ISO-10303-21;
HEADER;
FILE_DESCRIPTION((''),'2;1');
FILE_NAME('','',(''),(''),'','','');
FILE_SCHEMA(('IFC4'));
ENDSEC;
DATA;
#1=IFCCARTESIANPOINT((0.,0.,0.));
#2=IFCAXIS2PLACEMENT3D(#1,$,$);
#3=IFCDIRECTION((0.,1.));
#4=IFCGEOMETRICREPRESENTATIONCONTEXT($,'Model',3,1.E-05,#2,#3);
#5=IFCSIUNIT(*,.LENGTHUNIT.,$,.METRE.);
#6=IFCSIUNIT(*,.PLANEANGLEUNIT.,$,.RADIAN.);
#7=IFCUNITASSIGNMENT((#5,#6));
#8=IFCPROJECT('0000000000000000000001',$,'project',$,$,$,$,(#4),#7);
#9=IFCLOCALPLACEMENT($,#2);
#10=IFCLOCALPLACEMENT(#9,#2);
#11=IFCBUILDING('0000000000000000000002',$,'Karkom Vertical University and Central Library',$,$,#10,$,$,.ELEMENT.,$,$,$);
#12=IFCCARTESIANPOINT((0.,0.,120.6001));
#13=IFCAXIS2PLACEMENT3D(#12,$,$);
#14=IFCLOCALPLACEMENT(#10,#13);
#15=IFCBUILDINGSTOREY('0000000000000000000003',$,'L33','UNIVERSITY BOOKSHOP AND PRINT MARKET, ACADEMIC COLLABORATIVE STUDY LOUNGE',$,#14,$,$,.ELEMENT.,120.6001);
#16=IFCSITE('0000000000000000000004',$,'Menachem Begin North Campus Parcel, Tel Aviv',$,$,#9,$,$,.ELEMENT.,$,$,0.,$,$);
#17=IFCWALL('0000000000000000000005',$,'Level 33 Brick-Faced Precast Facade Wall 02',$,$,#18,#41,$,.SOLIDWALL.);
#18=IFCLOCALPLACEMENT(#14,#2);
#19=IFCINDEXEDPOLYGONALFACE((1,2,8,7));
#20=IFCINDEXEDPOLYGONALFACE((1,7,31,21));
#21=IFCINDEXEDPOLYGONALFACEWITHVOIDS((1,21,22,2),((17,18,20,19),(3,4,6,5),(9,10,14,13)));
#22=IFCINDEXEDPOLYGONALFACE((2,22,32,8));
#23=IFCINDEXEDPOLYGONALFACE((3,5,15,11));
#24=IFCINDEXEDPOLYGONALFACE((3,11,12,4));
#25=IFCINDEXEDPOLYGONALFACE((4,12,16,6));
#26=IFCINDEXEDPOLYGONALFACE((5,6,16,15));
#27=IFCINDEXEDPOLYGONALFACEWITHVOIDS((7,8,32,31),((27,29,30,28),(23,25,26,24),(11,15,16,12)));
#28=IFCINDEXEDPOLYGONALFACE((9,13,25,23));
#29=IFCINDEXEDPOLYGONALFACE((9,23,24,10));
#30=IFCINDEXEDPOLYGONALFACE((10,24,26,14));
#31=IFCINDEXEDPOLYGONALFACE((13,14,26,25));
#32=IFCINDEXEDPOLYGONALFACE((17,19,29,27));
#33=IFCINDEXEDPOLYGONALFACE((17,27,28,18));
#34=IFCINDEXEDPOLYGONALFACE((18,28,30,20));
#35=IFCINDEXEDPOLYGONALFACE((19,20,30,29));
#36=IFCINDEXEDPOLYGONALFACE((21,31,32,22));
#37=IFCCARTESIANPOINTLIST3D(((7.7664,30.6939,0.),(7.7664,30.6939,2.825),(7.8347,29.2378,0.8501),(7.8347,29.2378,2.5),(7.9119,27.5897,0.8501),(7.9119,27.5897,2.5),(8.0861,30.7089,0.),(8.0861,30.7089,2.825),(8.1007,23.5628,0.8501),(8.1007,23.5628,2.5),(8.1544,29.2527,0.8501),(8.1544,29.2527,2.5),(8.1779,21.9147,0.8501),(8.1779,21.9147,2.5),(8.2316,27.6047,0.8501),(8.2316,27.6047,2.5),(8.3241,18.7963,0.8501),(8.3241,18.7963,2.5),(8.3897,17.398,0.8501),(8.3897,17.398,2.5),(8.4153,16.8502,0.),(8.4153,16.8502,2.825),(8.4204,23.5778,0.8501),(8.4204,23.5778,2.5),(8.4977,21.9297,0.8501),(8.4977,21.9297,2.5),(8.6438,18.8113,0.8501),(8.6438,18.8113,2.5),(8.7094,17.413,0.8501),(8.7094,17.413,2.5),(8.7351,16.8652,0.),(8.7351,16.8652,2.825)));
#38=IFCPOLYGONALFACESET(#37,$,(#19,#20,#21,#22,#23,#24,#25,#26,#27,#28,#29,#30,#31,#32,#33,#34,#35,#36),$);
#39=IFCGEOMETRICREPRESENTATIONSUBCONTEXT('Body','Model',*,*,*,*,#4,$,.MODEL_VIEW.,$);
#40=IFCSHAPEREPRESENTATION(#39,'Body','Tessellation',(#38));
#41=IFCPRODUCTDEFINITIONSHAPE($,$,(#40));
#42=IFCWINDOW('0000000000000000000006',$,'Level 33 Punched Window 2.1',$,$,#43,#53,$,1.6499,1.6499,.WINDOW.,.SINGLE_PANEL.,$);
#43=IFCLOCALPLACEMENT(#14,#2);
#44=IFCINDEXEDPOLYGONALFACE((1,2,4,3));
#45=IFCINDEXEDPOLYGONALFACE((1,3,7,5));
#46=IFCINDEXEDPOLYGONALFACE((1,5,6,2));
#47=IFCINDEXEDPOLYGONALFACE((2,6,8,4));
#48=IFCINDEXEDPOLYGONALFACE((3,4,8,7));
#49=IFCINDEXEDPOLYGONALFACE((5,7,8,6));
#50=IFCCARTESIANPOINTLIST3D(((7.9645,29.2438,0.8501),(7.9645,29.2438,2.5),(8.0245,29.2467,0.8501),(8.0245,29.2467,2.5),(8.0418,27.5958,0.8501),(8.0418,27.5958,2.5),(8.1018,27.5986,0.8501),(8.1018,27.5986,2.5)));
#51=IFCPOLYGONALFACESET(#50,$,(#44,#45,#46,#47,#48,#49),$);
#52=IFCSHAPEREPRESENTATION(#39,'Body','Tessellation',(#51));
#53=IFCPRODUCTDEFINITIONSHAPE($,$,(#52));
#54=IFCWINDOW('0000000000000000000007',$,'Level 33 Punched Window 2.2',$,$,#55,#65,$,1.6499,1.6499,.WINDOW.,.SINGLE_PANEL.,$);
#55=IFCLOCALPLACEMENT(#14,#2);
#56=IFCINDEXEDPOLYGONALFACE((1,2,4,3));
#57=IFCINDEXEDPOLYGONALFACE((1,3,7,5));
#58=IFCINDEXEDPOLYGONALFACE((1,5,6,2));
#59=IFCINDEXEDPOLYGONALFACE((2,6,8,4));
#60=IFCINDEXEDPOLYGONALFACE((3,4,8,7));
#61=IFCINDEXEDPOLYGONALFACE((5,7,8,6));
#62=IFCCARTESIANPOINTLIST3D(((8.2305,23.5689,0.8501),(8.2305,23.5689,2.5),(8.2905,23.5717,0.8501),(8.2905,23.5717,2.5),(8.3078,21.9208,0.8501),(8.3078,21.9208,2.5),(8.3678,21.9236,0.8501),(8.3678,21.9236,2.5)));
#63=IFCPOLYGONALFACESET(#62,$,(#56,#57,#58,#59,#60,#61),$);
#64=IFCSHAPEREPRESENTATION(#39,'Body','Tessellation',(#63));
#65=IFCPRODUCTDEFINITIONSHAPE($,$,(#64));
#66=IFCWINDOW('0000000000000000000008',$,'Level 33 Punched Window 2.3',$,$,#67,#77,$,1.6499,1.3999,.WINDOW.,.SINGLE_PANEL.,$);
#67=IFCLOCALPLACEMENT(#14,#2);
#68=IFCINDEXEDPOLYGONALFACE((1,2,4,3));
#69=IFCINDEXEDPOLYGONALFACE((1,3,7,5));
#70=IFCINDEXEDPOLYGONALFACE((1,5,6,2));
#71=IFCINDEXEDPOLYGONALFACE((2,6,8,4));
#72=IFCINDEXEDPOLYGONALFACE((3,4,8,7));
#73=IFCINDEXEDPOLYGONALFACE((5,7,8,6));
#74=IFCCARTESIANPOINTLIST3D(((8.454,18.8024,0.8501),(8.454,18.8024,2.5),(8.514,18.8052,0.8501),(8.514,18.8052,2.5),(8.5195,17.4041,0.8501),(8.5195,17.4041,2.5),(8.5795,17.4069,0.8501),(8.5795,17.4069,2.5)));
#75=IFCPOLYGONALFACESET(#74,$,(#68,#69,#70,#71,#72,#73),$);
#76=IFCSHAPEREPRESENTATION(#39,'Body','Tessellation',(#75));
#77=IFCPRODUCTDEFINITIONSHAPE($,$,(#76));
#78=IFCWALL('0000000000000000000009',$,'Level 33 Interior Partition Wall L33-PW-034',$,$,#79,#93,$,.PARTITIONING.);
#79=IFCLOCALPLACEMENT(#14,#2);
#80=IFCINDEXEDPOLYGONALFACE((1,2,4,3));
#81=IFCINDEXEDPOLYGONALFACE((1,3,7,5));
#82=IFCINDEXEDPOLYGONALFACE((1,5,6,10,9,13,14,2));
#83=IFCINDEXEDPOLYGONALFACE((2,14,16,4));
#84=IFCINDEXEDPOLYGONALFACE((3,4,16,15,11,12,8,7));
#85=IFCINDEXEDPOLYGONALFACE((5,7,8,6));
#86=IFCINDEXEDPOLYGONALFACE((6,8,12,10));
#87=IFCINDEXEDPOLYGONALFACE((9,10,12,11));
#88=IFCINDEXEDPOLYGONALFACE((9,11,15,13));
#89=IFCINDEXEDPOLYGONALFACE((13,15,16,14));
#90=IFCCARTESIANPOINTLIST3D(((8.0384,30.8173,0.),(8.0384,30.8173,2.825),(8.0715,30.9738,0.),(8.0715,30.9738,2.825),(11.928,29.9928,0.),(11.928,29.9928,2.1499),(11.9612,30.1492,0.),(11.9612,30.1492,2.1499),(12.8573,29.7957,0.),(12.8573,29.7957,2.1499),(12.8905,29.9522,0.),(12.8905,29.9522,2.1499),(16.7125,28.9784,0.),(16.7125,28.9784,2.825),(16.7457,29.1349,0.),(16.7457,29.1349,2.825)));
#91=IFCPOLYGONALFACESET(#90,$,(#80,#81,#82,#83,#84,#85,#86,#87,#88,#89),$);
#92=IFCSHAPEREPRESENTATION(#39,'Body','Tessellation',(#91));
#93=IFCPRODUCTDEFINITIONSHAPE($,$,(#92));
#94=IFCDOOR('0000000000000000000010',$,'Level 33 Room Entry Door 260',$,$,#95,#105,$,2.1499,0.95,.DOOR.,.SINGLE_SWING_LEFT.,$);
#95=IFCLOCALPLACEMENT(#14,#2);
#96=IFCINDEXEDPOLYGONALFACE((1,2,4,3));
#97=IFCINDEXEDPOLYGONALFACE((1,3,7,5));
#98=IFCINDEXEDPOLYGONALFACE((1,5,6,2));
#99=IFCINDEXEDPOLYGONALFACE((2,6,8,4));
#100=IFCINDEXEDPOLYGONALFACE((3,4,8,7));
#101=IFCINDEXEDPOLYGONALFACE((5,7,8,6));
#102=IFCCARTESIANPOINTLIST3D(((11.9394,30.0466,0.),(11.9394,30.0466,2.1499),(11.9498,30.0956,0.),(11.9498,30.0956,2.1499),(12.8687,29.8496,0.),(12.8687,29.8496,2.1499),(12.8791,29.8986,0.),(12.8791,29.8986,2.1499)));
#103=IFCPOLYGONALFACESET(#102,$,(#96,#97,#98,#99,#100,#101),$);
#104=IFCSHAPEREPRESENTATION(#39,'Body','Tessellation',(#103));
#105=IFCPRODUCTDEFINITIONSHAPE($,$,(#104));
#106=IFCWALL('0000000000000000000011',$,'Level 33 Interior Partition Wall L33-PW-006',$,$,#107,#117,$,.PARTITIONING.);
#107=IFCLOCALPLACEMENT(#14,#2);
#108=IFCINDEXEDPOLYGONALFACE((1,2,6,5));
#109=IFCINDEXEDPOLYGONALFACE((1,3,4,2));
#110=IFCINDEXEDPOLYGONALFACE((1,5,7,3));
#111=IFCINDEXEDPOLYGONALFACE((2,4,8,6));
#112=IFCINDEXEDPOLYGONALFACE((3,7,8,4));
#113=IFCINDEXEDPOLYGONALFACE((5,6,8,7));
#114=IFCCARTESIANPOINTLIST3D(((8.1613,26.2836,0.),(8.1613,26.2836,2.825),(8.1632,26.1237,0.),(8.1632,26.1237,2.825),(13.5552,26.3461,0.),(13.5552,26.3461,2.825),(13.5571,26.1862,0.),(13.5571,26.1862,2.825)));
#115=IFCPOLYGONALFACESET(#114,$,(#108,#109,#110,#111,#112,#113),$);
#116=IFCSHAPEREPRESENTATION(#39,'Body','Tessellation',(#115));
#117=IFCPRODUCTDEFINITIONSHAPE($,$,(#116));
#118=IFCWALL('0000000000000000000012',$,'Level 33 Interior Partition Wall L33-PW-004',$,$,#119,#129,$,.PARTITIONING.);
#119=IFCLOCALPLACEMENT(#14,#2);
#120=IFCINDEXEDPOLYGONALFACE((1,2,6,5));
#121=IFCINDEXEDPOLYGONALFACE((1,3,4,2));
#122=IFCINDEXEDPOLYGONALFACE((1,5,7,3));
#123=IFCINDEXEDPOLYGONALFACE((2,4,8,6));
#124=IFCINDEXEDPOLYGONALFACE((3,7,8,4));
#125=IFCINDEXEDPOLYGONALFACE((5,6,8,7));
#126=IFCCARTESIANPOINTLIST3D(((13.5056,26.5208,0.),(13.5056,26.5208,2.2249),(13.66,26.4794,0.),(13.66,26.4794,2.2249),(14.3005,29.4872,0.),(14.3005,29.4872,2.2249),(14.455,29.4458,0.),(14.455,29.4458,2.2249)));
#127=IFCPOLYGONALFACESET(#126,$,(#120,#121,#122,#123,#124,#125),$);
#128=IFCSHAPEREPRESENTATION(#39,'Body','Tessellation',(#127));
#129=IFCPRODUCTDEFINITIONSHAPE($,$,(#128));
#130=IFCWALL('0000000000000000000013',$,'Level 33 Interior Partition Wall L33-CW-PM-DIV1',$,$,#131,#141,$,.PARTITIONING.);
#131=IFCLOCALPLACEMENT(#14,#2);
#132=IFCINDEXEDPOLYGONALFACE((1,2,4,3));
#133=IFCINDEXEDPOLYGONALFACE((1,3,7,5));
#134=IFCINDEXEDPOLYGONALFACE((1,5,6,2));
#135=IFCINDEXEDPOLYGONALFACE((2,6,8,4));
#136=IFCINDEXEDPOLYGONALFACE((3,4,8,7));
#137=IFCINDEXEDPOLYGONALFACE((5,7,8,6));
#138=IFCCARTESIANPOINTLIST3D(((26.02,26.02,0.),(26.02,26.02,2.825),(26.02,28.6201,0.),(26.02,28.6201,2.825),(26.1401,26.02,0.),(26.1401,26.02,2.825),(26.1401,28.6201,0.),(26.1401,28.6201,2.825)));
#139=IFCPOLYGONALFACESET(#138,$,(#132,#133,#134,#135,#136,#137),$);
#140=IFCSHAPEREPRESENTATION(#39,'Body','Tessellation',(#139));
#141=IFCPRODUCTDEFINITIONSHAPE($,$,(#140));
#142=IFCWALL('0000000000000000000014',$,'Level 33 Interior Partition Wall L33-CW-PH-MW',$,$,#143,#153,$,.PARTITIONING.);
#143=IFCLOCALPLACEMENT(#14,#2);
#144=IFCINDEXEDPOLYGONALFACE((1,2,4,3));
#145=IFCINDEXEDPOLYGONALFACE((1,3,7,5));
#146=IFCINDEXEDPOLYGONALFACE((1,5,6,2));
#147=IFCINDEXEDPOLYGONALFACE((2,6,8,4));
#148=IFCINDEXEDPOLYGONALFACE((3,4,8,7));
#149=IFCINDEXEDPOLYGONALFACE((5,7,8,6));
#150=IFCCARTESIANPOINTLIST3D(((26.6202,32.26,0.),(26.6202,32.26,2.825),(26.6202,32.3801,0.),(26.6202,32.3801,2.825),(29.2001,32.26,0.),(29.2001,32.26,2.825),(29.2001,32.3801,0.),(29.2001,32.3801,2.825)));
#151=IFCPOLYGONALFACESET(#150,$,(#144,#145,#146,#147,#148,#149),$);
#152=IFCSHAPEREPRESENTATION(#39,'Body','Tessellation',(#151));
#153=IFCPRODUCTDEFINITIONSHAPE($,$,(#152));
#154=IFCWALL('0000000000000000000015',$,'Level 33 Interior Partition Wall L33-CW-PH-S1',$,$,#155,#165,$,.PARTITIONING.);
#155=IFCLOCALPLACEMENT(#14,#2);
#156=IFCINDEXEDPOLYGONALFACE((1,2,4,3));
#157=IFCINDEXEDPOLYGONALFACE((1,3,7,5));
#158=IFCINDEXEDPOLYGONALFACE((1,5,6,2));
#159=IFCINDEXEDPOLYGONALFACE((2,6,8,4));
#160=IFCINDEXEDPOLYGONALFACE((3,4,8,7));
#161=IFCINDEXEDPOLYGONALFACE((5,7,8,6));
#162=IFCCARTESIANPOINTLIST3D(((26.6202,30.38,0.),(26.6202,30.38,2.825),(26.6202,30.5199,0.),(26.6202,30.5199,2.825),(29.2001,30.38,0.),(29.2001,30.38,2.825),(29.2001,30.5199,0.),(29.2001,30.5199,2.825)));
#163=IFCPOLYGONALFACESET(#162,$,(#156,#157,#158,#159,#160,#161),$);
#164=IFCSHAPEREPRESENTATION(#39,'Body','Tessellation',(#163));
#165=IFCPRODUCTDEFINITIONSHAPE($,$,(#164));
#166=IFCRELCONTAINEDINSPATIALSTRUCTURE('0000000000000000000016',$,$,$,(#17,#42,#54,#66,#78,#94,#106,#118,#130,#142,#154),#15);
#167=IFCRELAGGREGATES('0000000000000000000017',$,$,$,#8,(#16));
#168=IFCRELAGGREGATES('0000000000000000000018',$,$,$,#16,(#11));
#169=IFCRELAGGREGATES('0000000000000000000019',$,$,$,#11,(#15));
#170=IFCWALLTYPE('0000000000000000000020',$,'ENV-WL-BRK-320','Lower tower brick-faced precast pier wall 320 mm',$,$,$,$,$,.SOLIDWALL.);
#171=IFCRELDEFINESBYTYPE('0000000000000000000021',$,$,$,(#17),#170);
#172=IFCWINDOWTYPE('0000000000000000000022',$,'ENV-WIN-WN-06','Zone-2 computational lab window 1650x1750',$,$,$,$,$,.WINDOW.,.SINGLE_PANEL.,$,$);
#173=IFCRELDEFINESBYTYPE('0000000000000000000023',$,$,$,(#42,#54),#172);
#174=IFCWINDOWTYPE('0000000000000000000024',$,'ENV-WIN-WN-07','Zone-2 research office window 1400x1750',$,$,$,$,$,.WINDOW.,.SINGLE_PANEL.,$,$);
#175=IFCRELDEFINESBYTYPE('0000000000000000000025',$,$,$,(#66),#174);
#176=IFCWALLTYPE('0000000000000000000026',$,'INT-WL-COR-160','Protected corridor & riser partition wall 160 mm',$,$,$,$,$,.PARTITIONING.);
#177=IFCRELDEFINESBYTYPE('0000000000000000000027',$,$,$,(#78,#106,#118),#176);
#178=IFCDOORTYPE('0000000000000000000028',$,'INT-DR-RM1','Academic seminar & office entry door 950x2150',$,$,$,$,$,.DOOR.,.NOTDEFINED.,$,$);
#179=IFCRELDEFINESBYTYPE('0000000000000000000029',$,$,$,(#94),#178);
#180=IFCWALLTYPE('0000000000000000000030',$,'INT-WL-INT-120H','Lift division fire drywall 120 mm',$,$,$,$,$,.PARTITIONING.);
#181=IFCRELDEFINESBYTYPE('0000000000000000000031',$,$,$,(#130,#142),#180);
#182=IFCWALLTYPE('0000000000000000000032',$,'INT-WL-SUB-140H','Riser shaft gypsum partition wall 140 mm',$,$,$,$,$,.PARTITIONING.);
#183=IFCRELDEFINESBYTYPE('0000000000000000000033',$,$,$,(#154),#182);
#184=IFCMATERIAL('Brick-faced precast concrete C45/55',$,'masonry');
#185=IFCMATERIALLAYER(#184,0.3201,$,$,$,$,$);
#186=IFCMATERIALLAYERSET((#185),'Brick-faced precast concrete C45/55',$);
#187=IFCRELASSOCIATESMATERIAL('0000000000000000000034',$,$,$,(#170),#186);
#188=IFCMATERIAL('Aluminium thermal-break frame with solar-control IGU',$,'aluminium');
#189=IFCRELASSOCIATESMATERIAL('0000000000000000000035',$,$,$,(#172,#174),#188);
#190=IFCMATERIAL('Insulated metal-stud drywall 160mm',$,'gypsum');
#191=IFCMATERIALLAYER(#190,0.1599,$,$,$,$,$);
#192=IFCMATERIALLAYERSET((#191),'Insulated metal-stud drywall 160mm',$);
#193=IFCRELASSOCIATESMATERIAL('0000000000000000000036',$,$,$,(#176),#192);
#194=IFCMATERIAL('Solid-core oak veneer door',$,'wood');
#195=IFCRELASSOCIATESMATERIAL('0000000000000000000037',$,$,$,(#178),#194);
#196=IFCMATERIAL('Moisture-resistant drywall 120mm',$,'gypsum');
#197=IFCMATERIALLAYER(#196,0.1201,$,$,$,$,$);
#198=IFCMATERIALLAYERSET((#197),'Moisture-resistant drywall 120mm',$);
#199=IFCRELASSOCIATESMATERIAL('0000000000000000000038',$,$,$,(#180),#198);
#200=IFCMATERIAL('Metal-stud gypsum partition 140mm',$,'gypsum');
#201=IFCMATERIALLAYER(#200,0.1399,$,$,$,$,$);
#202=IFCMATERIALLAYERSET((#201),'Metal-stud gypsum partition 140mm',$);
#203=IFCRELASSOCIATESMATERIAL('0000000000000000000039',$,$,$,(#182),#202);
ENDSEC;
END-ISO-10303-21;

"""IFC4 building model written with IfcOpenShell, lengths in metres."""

from ifc_helpers import new_model, si_unit, direction, frame, frame_2d, origin, origin_with_axes, place, context, subcontext, project, spatial, rectangle, extrude, source, transform, mapped, material, layer, layer_set, type_object, element, fill, save


model = new_model("IFC4")

# Units and contexts
model_context = context("Model", 3, precision=1e-05, world=origin(), true_north=direction((0.0, 1.0)))
body_context = subcontext(model_context, "Body", "Model", "MODEL_VIEW")
ifc_project = project(units=[si_unit("LENGTHUNIT", "METRE"), si_unit("PLANEANGLEUNIT", "RADIAN")], contexts=[model_context])

# Site, building, storey
site_placement = place(None, origin())
site = spatial("IfcSite", under=ifc_project, at=site_placement, Name="Menachem Begin North Campus Parcel, Tel Aviv", CompositionType="ELEMENT", RefElevation=0.0)
building_placement = place(site_placement, origin())
building = spatial("IfcBuilding", under=site, at=building_placement, Name="Karkom Vertical University and Central Library", CompositionType="ELEMENT")
storey_placement = place(building_placement, frame((0.0, 0.0, 120.6001)))
storey = spatial("IfcBuildingStorey", under=building, at=storey_placement, Name="L33", Description="UNIVERSITY BOOKSHOP AND PRINT MARKET, ACADEMIC COLLABORATIVE STUDY LOUNGE", CompositionType="ELEMENT", Elevation=120.6001)

# Wall, openings, windows
ifc_material_1 = material(Name="Brick-faced precast concrete C45/55", Category="masonry")
ifc_layer_1 = layer(ifc_material_1, 0.3201)
ifc_layer_set_1 = layer_set([ifc_layer_1], Name="Brick-faced precast concrete C45/55")
wall_type_1 = type_object("IfcWallType", Name="ENV-WL-BRK-320", Description="Lower tower brick-faced precast pier wall 320 mm", PredefinedType="SOLIDWALL", material=ifc_layer_set_1)
wall_1_placement = place(storey_placement, frame((7.9263, 30.7014, 0.0), z_axis=(0.0, 0.0, 1.0), x_axis=(0.046824, -0.998903, 0.0)))
wall_1 = element("IfcWall", 1, at=wall_1_placement, inside=storey, type_object=wall_type_1, Name="Level 33 Brick-Faced Precast Facade Wall 02", PredefinedType="SOLIDWALL", context=body_context, shape_type="SweptSolid", body=[
    extrude(rectangle(XDim=13.8589, YDim=0.3201, at=frame_2d((6.9294, 0.0))), origin(), (0.0, 0.0, 1.0), 2.825),
])
opening_1_placement = place(wall_1_placement, frame((1.4578, 0.0, 0.8501)))
opening_1 = element("IfcOpeningElement", 2, at=opening_1_placement, cuts=wall_1, PredefinedType="OPENING", context=body_context, shape_type="SweptSolid", body=[
    extrude(rectangle(XDim=1.6499, YDim=1.6499, at=frame_2d((0.825, 0.825))), frame((0.0, 0.1699, 0.0), z_axis=(0.0, -1.0, 0.0), x_axis=(1.0, 0.0, 0.0)), (0.0, 0.0, 1.0), 0.3401),
])
opening_2_placement = place(wall_1_placement, frame((7.1389, 0.0, 0.8501)))
opening_2 = element("IfcOpeningElement", 3, at=opening_2_placement, cuts=wall_1, PredefinedType="OPENING", context=body_context, shape_type="SweptSolid", body=[
    extrude(rectangle(XDim=1.6499, YDim=1.6499, at=frame_2d((0.825, 0.825))), frame((0.0, 0.1699, 0.0), z_axis=(0.0, -1.0, 0.0), x_axis=(1.0, 0.0, 0.0)), (0.0, 0.0, 1.0), 0.3401),
])
opening_3_placement = place(wall_1_placement, frame((11.9106, 0.0, 0.8501)))
opening_3 = element("IfcOpeningElement", 4, at=opening_3_placement, cuts=wall_1, PredefinedType="OPENING", context=body_context, shape_type="SweptSolid", body=[
    extrude(rectangle(XDim=1.3999, YDim=1.6499, at=frame_2d((0.7, 0.825))), frame((0.0, 0.1699, 0.0), z_axis=(0.0, -1.0, 0.0), x_axis=(1.0, 0.0, 0.0)), (0.0, 0.0, 1.0), 0.3401),
])
ifc_material_2 = material(Name="Aluminium thermal-break frame with solar-control IGU", Category="aluminium")
window_type_1 = type_object("IfcWindowType", Name="ENV-WIN-WN-06", Description="Zone-2 computational lab window 1650x1750", PartitioningType="SINGLE_PANEL", PredefinedType="WINDOW", material=ifc_material_2)
shared_shape_1 = source(origin_with_axes(), body_context, "Body", "SweptSolid", [
    extrude(rectangle(XDim=1.6499, YDim=1.6499, at=frame_2d((0.825, 0.825))), frame((0.0, 0.03, 0.0), z_axis=(0.0, -1.0, 0.0), x_axis=(1.0, 0.0, 0.0)), (0.0, 0.0, 1.0), 0.0601),
])
window_1_placement = place(opening_1_placement, origin())
window_1 = element("IfcWindow", 5, at=window_1_placement, inside=storey, type_object=window_type_1, Name="Level 33 Punched Window 2.1", OverallHeight=1.6499, OverallWidth=1.6499, PartitioningType="SINGLE_PANEL", PredefinedType="WINDOW", context=body_context, shape_type="MappedRepresentation", body=[
    mapped(shared_shape_1, transform((0.0, 0.0, 0.0), scale=1.0)),
])
fill(opening_1, window_1)
window_2_placement = place(opening_2_placement, origin())
window_2 = element("IfcWindow", 6, at=window_2_placement, inside=storey, type_object=window_type_1, Name="Level 33 Punched Window 2.2", OverallHeight=1.6499, OverallWidth=1.6499, PartitioningType="SINGLE_PANEL", PredefinedType="WINDOW", context=body_context, shape_type="MappedRepresentation", body=[
    mapped(shared_shape_1, transform((0.0, 0.0, 0.0), scale=1.0)),
])
fill(opening_2, window_2)
window_type_2 = type_object("IfcWindowType", Name="ENV-WIN-WN-07", Description="Zone-2 research office window 1400x1750", PartitioningType="SINGLE_PANEL", PredefinedType="WINDOW", material=ifc_material_2)
shared_shape_2 = source(origin_with_axes(), body_context, "Body", "SweptSolid", [
    extrude(rectangle(XDim=1.3999, YDim=1.6499, at=frame_2d((0.7, 0.825))), frame((0.0, 0.03, 0.0), z_axis=(0.0, -1.0, 0.0), x_axis=(1.0, 0.0, 0.0)), (0.0, 0.0, 1.0), 0.0601),
])
window_3_placement = place(opening_3_placement, origin())
window_3 = element("IfcWindow", 7, at=window_3_placement, inside=storey, type_object=window_type_2, Name="Level 33 Punched Window 2.3", OverallHeight=1.6499, OverallWidth=1.3999, PartitioningType="SINGLE_PANEL", PredefinedType="WINDOW", context=body_context, shape_type="MappedRepresentation", body=[
    mapped(shared_shape_2, transform((0.0, 0.0, 0.0), scale=1.0)),
])
fill(opening_3, window_3)

# Wall, opening, door
ifc_material_3 = material(Name="Insulated metal-stud drywall 160mm", Category="gypsum")
ifc_layer_2 = layer(ifc_material_3, 0.1599)
ifc_layer_set_2 = layer_set([ifc_layer_2], Name="Insulated metal-stud drywall 160mm")
wall_type_2 = type_object("IfcWallType", Name="INT-WL-COR-160", Description="Protected corridor & riser partition wall 160 mm", PredefinedType="PARTITIONING", material=ifc_layer_set_2)
wall_2_placement = place(storey_placement, frame((16.7292, 29.0566, 0.0), z_axis=(0.0, 0.0, 1.0), x_axis=(-0.978259, 0.207387, 0.0)))
wall_2 = element("IfcWall", 8, at=wall_2_placement, inside=storey, type_object=wall_type_2, Name="Level 33 Interior Partition Wall L33-PW-034", PredefinedType="PARTITIONING", context=body_context, shape_type="SweptSolid", body=[
    extrude(rectangle(XDim=8.8669, YDim=0.1599, at=frame_2d((4.4336, 0.0))), origin(), (0.0, 0.0, 1.0), 2.825),
])
opening_4_placement = place(wall_2_placement, frame((3.9409, 0.0, 0.0)))
opening_4 = element("IfcOpeningElement", 9, at=opening_4_placement, cuts=wall_2, PredefinedType="OPENING", context=body_context, shape_type="SweptSolid", body=[
    extrude(rectangle(XDim=0.95, YDim=2.1499, at=frame_2d((0.4751, 1.075))), frame((0.0, 0.0898, 0.0), z_axis=(0.0, -1.0, 0.0), x_axis=(1.0, 0.0, 0.0)), (0.0, 0.0, 1.0), 0.1799),
])
ifc_material_4 = material(Name="Solid-core oak veneer door", Category="wood")
door_type_1 = type_object("IfcDoorType", Name="INT-DR-RM1", Description="Academic seminar & office entry door 950x2150", OperationType="NOTDEFINED", PredefinedType="DOOR", material=ifc_material_4)
shared_shape_3 = source(origin_with_axes(), body_context, "Body", "SweptSolid", [
    extrude(rectangle(XDim=0.95, YDim=2.1499, at=frame_2d((0.4751, 1.075))), frame((0.0, 0.0249, 0.0), z_axis=(0.0, -1.0, 0.0), x_axis=(1.0, 0.0, 0.0)), (0.0, 0.0, 1.0), 0.05),
])
door_1_placement = place(opening_4_placement, origin())
door_1 = element("IfcDoor", 10, at=door_1_placement, inside=storey, type_object=door_type_1, Name="Level 33 Room Entry Door 260", OperationType="SINGLE_SWING_LEFT", OverallHeight=2.1499, OverallWidth=0.95, PredefinedType="DOOR", context=body_context, shape_type="MappedRepresentation", body=[
    mapped(shared_shape_3, transform((0.0, 0.0, 0.0), scale=1.0)),
])
fill(opening_4, door_1)

# Walls
wall_3_placement = place(storey_placement, frame((8.1621, 26.2036, 0.0), z_axis=(0.0, 0.0, 1.0), x_axis=(0.999933, 0.011586, 0.0)))
element("IfcWall", 11, at=wall_3_placement, inside=storey, type_object=wall_type_2, Name="Level 33 Interior Partition Wall L33-PW-006", PredefinedType="PARTITIONING", context=body_context, shape_type="SweptSolid", body=[
    extrude(rectangle(XDim=5.3943, YDim=0.1599, at=frame_2d((2.6973, 0.0))), origin(), (0.0, 0.0, 1.0), 2.825),
])
wall_4_placement = place(storey_placement, frame((13.5828, 26.5, 0.0), z_axis=(0.0, 0.0, 1.0), x_axis=(0.25885, 0.965918, 0.0)))
element("IfcWall", 12, at=wall_4_placement, inside=storey, type_object=wall_type_2, Name="Level 33 Interior Partition Wall L33-PW-004", PredefinedType="PARTITIONING", context=body_context, shape_type="SweptSolid", body=[
    extrude(rectangle(XDim=3.071, YDim=0.1599, at=frame_2d((1.5356, 0.0))), origin(), (0.0, 0.0, 1.0), 2.2249),
])
ifc_material_5 = material(Name="Moisture-resistant drywall 120mm", Category="gypsum")
ifc_layer_3 = layer(ifc_material_5, 0.1201)
ifc_layer_set_3 = layer_set([ifc_layer_3], Name="Moisture-resistant drywall 120mm")
wall_type_3 = type_object("IfcWallType", Name="INT-WL-INT-120H", Description="Lift division fire drywall 120 mm", PredefinedType="PARTITIONING", material=ifc_layer_set_3)
wall_5_placement = place(storey_placement, frame((26.0801, 26.02, 0.0), z_axis=(0.0, 0.0, 1.0), x_axis=(0.0, 1.0, 0.0)))
element("IfcWall", 13, at=wall_5_placement, inside=storey, type_object=wall_type_3, Name="Level 33 Interior Partition Wall L33-CW-PM-DIV1", PredefinedType="PARTITIONING", context=body_context, shape_type="SweptSolid", body=[
    extrude(rectangle(XDim=2.6001, YDim=0.1201, at=frame_2d((1.3, 0.0))), origin(), (0.0, 0.0, 1.0), 2.825),
])
wall_6_placement = place(storey_placement, frame((26.6201, 32.3201, 0.0), z_axis=(0.0, 0.0, 1.0), x_axis=(1.0, 0.0, 0.0)))
element("IfcWall", 14, at=wall_6_placement, inside=storey, type_object=wall_type_3, Name="Level 33 Interior Partition Wall L33-CW-PH-MW", PredefinedType="PARTITIONING", context=body_context, shape_type="SweptSolid", body=[
    extrude(rectangle(XDim=2.5798, YDim=0.1201, at=frame_2d((1.29, 0.0))), origin(), (0.0, 0.0, 1.0), 2.825),
])
ifc_material_6 = material(Name="Metal-stud gypsum partition 140mm", Category="gypsum")
ifc_layer_4 = layer(ifc_material_6, 0.1399)
ifc_layer_set_4 = layer_set([ifc_layer_4], Name="Metal-stud gypsum partition 140mm")
wall_type_4 = type_object("IfcWallType", Name="INT-WL-SUB-140H", Description="Riser shaft gypsum partition wall 140 mm", PredefinedType="PARTITIONING", material=ifc_layer_set_4)
wall_7_placement = place(storey_placement, frame((26.6201, 30.45, 0.0), z_axis=(0.0, 0.0, 1.0), x_axis=(1.0, 0.0, 0.0)))
element("IfcWall", 15, at=wall_7_placement, inside=storey, type_object=wall_type_4, Name="Level 33 Interior Partition Wall L33-CW-PH-S1", PredefinedType="PARTITIONING", context=body_context, shape_type="SweptSolid", body=[
    extrude(rectangle(XDim=2.5798, YDim=0.1399, at=frame_2d((1.29, 0.0))), origin(), (0.0, 0.0, 1.0), 2.825),
])

save(model, "model.ifc")
